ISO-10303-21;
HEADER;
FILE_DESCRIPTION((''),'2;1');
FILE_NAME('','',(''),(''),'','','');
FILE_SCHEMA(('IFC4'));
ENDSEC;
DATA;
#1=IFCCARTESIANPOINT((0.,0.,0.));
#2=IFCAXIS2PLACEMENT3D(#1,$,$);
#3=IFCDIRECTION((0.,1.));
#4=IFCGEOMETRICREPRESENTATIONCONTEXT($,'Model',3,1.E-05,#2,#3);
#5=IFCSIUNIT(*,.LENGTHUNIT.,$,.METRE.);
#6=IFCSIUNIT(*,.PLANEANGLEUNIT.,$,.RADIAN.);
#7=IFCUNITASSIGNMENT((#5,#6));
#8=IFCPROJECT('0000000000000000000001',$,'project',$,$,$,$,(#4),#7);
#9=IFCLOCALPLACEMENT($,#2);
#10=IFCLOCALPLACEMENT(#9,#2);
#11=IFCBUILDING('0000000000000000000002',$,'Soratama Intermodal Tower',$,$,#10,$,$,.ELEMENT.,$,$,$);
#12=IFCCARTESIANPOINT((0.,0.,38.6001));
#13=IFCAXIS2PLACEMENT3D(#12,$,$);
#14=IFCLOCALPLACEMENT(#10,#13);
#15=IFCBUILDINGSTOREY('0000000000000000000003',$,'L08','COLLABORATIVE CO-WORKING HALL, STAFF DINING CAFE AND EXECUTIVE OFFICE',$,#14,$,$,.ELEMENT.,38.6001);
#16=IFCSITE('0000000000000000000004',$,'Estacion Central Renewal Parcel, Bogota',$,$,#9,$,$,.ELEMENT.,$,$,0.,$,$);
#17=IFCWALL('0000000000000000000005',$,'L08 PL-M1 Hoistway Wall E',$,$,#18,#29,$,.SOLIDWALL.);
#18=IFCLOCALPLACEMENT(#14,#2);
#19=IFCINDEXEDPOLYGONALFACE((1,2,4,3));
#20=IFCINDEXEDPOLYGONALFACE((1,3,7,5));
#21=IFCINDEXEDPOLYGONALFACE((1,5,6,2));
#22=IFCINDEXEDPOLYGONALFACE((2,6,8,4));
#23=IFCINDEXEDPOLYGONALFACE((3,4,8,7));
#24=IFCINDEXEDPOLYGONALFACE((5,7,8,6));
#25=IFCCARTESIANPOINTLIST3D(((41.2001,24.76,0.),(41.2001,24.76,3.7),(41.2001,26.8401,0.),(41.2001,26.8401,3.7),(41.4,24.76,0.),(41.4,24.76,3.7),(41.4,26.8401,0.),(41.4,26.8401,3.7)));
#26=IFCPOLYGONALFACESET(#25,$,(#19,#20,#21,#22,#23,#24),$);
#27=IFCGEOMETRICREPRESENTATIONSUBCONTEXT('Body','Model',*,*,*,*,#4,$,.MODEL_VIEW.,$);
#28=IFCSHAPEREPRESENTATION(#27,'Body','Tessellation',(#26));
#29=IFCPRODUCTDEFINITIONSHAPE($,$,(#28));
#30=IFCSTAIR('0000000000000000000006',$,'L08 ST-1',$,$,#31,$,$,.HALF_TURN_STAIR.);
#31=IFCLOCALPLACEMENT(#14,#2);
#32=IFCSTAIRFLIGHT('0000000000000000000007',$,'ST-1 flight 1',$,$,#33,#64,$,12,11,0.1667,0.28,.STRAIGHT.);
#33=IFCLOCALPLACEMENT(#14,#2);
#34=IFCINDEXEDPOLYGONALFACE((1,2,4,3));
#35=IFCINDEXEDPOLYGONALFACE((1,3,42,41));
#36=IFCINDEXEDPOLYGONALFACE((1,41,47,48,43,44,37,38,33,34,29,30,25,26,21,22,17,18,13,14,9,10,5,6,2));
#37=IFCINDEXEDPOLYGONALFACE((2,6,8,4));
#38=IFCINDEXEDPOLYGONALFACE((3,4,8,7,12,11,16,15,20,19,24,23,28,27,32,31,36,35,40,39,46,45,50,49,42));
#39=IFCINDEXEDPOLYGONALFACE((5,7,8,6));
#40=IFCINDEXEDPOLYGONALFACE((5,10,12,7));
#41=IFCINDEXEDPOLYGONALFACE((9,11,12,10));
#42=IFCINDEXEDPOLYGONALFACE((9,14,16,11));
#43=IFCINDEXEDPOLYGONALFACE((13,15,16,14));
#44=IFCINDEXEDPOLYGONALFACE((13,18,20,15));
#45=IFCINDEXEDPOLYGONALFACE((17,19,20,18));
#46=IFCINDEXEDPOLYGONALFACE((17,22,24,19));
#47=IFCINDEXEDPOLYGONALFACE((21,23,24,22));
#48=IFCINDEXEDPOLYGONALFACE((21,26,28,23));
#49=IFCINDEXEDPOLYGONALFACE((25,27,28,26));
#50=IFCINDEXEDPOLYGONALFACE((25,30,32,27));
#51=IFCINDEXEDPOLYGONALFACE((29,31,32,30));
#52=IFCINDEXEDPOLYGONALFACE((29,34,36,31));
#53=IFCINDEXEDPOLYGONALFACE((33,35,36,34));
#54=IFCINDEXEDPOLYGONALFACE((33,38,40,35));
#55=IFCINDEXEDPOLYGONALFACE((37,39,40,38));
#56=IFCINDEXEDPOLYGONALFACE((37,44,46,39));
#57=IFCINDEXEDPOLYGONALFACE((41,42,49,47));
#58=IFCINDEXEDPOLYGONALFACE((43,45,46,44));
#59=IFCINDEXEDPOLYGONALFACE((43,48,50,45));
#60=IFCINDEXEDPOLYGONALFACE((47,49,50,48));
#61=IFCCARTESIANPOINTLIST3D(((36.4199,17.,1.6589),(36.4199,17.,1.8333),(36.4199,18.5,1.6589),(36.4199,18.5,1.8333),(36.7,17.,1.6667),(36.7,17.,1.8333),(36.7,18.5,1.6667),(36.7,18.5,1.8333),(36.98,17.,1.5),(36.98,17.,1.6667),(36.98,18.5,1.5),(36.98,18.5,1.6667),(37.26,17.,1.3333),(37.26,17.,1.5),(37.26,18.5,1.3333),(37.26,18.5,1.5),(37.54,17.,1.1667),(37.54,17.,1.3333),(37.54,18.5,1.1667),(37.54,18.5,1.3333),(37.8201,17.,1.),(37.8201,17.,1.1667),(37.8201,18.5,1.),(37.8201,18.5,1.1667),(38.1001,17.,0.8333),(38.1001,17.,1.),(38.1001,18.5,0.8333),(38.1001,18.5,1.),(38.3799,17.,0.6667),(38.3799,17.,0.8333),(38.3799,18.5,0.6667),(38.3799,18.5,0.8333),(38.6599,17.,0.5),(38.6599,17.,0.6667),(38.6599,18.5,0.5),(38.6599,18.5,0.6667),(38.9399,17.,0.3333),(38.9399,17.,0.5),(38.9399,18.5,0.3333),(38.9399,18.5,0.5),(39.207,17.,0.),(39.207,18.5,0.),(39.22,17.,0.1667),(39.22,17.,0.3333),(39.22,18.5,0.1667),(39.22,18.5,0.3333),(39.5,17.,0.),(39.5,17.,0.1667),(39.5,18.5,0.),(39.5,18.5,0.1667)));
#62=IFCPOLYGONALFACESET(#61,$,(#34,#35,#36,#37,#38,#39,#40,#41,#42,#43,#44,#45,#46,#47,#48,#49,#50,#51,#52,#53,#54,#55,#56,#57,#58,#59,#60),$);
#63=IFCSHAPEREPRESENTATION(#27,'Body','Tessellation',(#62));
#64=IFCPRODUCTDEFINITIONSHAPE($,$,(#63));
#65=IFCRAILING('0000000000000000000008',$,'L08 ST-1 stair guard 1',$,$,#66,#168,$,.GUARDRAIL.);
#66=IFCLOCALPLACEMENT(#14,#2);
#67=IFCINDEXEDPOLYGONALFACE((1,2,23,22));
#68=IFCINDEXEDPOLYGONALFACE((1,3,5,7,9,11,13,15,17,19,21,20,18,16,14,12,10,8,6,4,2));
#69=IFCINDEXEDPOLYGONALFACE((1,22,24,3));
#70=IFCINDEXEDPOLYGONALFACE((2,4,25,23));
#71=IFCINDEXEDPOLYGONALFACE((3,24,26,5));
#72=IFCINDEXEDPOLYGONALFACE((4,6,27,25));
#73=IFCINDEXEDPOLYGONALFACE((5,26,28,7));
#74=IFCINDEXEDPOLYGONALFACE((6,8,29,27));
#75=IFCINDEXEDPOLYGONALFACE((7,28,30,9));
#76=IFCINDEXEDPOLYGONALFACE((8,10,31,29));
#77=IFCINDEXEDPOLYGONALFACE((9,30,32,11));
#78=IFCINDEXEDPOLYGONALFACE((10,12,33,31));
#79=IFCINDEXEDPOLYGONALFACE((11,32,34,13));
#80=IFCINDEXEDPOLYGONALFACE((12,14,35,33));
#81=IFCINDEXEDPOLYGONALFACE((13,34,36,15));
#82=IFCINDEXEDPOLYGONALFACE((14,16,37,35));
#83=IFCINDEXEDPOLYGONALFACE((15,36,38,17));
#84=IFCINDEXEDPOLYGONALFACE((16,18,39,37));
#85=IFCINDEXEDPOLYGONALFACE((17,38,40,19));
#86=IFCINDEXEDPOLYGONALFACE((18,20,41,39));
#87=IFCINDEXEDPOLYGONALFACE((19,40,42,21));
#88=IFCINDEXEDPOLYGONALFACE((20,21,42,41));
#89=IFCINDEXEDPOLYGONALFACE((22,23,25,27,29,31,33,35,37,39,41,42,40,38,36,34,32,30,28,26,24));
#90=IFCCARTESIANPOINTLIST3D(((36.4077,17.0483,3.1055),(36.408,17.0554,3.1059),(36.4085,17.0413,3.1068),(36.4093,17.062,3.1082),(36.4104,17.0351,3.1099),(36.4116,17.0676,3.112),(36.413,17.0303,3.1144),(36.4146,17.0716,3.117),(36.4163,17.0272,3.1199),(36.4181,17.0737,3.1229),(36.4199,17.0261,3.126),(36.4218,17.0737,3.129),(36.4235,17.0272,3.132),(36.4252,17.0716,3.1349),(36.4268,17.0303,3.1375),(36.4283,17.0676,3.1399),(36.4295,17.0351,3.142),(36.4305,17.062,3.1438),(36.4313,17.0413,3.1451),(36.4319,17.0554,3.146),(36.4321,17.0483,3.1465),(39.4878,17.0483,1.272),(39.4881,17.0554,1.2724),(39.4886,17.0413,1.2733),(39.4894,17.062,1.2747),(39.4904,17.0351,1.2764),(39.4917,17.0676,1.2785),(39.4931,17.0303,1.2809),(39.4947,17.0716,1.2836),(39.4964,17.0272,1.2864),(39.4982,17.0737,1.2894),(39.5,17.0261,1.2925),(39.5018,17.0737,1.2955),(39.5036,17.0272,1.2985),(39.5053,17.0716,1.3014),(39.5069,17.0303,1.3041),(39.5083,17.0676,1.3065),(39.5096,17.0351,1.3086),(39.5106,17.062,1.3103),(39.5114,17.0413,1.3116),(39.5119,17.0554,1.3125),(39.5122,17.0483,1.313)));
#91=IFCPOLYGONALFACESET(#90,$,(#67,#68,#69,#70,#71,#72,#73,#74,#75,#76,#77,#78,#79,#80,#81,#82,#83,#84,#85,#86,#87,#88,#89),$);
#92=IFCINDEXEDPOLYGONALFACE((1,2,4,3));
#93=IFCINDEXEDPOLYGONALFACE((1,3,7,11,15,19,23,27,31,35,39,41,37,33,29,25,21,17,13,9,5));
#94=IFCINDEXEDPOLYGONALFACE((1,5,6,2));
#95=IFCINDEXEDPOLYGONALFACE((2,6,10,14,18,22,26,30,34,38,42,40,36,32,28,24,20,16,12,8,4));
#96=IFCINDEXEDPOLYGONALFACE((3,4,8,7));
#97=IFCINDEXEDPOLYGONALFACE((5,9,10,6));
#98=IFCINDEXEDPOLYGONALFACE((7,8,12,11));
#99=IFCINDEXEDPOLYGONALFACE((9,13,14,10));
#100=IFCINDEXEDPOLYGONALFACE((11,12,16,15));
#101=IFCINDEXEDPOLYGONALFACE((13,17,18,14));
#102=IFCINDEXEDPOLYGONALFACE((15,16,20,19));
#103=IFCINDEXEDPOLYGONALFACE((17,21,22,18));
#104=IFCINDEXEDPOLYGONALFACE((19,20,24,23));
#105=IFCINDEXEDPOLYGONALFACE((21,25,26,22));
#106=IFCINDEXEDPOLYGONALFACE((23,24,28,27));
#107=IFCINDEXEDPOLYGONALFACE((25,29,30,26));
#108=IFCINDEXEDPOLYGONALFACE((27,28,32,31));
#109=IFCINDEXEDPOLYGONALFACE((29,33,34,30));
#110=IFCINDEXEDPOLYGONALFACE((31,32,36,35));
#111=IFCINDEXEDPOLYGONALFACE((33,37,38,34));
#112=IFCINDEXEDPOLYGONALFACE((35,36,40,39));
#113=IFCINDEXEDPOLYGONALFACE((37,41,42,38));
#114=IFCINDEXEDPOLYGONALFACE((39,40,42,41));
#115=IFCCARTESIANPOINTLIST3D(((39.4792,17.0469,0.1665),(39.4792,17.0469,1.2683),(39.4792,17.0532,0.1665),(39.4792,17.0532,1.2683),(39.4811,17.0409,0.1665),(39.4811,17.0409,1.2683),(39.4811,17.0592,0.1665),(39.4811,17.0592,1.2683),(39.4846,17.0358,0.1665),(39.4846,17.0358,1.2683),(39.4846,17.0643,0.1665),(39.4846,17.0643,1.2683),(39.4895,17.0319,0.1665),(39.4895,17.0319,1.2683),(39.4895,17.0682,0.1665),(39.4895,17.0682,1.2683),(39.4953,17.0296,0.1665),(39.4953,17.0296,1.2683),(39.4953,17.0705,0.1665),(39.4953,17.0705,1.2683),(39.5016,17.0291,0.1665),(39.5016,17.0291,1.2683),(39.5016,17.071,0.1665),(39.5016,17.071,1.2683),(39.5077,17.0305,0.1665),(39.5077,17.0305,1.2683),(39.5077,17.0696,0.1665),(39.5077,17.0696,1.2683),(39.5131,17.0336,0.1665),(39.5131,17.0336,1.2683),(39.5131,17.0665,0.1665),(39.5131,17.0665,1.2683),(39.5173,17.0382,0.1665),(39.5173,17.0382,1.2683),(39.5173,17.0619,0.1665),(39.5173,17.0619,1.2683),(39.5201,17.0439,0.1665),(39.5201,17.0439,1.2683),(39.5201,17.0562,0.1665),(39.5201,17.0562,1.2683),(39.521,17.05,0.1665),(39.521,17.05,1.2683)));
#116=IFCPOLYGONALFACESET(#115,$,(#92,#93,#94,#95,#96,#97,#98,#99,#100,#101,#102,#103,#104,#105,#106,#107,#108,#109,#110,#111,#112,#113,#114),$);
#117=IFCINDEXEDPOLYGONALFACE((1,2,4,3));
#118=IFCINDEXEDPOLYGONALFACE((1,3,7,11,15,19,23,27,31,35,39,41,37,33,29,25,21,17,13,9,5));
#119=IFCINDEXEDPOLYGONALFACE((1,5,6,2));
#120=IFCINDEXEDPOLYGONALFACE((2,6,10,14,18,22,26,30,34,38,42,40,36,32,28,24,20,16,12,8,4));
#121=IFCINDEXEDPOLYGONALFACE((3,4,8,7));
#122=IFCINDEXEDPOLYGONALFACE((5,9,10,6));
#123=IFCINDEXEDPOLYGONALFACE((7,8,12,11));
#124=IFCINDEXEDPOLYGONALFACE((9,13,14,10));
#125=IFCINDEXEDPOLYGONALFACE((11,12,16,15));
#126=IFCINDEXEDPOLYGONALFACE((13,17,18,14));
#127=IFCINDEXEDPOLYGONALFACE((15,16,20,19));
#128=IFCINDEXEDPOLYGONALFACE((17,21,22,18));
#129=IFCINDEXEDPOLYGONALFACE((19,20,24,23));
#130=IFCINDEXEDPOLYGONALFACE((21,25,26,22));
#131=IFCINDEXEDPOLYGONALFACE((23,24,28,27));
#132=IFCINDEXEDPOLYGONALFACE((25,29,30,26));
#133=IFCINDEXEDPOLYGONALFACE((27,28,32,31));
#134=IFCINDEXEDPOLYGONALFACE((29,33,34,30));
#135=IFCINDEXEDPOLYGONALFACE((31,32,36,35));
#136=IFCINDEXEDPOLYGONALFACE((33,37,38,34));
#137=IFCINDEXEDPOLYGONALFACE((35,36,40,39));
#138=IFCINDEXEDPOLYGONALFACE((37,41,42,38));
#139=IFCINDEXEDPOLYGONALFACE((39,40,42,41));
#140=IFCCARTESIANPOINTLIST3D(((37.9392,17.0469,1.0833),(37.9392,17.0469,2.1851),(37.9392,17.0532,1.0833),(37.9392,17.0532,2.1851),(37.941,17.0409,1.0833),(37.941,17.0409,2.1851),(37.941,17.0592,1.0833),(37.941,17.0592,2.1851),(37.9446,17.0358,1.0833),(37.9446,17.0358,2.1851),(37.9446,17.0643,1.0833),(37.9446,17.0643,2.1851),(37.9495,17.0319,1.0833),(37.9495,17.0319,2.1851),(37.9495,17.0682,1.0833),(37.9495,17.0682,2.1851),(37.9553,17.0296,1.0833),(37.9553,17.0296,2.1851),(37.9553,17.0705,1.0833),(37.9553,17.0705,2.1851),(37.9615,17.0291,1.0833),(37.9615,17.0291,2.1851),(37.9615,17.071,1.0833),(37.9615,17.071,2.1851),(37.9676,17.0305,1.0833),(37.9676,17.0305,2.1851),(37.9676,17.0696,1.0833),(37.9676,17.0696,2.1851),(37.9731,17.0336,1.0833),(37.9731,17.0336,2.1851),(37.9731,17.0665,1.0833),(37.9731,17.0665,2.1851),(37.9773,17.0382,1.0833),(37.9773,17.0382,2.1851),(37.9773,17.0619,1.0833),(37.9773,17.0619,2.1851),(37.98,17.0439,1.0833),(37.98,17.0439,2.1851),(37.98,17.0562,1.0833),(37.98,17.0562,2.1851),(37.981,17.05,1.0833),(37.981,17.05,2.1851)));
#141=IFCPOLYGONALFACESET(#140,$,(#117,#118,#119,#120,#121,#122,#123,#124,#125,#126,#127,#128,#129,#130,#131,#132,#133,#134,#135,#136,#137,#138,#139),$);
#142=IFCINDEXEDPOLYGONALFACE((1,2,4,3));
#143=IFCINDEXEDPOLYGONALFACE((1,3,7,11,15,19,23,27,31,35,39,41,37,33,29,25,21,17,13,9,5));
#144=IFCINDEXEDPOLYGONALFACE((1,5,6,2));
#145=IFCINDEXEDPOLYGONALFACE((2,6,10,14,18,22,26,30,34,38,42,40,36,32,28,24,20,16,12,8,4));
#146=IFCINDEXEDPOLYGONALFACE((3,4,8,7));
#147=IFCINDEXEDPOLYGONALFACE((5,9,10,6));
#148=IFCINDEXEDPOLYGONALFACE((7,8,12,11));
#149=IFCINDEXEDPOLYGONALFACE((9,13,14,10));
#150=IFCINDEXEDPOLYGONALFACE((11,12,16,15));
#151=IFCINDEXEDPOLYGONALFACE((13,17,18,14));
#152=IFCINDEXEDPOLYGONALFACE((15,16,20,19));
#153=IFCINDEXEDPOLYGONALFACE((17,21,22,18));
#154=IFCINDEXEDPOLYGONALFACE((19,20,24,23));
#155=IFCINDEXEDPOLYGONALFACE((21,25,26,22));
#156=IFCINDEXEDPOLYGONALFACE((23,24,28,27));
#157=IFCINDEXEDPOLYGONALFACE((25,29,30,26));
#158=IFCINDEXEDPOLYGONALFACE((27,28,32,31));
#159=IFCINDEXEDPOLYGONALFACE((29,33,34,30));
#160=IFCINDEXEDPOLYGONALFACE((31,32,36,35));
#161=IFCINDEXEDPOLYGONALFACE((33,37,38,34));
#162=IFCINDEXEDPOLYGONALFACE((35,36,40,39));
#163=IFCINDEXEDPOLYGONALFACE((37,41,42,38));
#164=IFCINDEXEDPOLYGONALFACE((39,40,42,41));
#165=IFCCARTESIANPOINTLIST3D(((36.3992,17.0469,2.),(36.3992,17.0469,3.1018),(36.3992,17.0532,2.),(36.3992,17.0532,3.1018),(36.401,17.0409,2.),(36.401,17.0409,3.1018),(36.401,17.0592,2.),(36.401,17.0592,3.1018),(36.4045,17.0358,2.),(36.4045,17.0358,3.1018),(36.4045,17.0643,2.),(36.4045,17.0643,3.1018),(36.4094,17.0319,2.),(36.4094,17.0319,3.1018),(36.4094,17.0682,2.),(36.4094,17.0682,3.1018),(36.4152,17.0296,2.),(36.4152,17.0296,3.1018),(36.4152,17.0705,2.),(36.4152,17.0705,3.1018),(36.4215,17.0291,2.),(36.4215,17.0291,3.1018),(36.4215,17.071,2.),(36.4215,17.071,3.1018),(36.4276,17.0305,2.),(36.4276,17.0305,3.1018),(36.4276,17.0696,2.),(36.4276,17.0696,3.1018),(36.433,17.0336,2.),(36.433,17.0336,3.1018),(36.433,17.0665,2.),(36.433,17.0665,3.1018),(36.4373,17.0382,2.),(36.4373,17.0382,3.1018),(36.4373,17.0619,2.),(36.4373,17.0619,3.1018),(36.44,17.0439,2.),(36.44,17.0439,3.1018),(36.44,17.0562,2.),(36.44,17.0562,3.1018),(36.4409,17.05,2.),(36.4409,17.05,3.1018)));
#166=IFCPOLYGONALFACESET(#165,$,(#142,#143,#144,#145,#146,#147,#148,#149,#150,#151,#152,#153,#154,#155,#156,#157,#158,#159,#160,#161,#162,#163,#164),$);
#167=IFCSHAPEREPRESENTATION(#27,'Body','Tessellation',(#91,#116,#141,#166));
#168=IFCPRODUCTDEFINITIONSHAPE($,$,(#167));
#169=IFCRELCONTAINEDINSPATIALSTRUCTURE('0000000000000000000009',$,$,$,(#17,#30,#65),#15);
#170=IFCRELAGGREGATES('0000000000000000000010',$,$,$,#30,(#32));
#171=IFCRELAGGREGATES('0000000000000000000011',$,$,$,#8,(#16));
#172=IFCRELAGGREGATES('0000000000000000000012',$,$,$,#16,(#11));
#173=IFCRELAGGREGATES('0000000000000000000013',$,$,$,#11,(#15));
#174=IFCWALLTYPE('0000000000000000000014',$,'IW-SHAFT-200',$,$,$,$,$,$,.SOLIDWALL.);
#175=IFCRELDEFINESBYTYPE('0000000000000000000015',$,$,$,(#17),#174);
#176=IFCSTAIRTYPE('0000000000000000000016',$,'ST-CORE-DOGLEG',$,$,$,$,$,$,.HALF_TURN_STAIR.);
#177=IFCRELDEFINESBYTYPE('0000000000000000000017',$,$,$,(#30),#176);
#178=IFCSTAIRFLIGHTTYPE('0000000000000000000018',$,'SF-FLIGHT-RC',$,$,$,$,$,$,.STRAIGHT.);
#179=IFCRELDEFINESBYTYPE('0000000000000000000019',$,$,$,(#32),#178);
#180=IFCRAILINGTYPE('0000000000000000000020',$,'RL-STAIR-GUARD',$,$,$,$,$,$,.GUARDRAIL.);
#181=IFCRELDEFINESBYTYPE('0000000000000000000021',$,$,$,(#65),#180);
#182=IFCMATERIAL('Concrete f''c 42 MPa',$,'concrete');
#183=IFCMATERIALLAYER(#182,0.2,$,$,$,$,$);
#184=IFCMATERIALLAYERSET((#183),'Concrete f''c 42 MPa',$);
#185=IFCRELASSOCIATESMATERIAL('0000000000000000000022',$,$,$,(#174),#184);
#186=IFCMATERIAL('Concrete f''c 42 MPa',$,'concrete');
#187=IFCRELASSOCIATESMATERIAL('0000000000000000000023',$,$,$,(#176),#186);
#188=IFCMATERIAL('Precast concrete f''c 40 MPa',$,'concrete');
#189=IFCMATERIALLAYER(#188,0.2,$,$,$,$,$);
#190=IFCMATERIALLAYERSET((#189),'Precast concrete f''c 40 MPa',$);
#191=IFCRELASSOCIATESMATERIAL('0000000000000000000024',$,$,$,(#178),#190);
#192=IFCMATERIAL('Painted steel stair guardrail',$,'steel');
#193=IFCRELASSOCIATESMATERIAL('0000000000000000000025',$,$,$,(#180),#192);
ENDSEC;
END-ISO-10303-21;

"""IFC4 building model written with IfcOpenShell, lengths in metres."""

from ifc_helpers import new_model, si_unit, direction, frame, frame_2d, origin, origin_2d, place, context, subcontext, project, spatial, polyline, rectangle, circle, outline, extrude, material, layer, layer_set, type_object, element, aggregate, save


model = new_model("IFC4")

# Units and contexts
model_context = context("Model", 3, precision=1e-05, world=origin(), true_north=direction((0.0, 1.0)))
body_context = subcontext(model_context, "Body", "Model", "MODEL_VIEW")
ifc_project = project(units=[si_unit("LENGTHUNIT", "METRE"), si_unit("PLANEANGLEUNIT", "RADIAN")], contexts=[model_context])

# Site, building, storey
site_placement = place(None, origin())
site = spatial("IfcSite", under=ifc_project, at=site_placement, Name="Estacion Central Renewal Parcel, Bogota", CompositionType="ELEMENT", RefElevation=0.0)
building_placement = place(site_placement, origin())
building = spatial("IfcBuilding", under=site, at=building_placement, Name="Soratama Intermodal Tower", CompositionType="ELEMENT")
storey_placement = place(building_placement, frame((0.0, 0.0, 38.6001)))
storey = spatial("IfcBuildingStorey", under=building, at=storey_placement, Name="L08", Description="COLLABORATIVE CO-WORKING HALL, STAFF DINING CAFE AND EXECUTIVE OFFICE", CompositionType="ELEMENT", Elevation=38.6001)

# Wall
ifc_material_1 = material(Name="Concrete f'c 42 MPa", Category="concrete")
ifc_layer_1 = layer(ifc_material_1, 0.2)
ifc_layer_set_1 = layer_set([ifc_layer_1], Name="Concrete f'c 42 MPa")
wall_type_1 = type_object("IfcWallType", Name="IW-SHAFT-200", PredefinedType="SOLIDWALL", material=ifc_layer_set_1)
wall_1_placement = place(storey_placement, frame((41.3, 24.76, 0.0), z_axis=(0.0, 0.0, 1.0), x_axis=(0.0, 1.0, 0.0)))
element("IfcWall", 1, at=wall_1_placement, inside=storey, type_object=wall_type_1, Name="L08 PL-M1 Hoistway Wall E", PredefinedType="SOLIDWALL", context=body_context, shape_type="SweptSolid", body=[
    extrude(rectangle(XDim=2.0801, YDim=0.2, at=frame_2d((1.04, 0.0))), origin(), (0.0, 0.0, 1.0), 3.7),
])

# Stair, stair flight
ifc_material_2 = material(Name="Concrete f'c 42 MPa", Category="concrete")
stair_type = type_object("IfcStairType", Name="ST-CORE-DOGLEG", PredefinedType="HALF_TURN_STAIR", material=ifc_material_2)
stair_placement = place(storey_placement, origin())
stair = element("IfcStair", 2, at=stair_placement, inside=storey, type_object=stair_type, Name="L08 ST-1", PredefinedType="HALF_TURN_STAIR")
ifc_material_3 = material(Name="Precast concrete f'c 40 MPa", Category="concrete")
ifc_layer_2 = layer(ifc_material_3, 0.2)
ifc_layer_set_2 = layer_set([ifc_layer_2], Name="Precast concrete f'c 40 MPa")
stair_flight_type = type_object("IfcStairFlightType", Name="SF-FLIGHT-RC", PredefinedType="STRAIGHT", material=ifc_layer_set_2)
stair_flight_placement = place(storey_placement, frame((39.5, 17.75, 0.0), z_axis=(0.0, 0.0, 1.0), x_axis=(-1.0, 0.0, 0.0)))
stair_flight = element("IfcStairFlight", 3, at=stair_flight_placement, type_object=stair_flight_type, Name="ST-1 flight 1", NumberOfRisers=12, NumberOfTreads=11, PredefinedType="STRAIGHT", RiserHeight=0.1667, TreadLength=0.28, context=body_context, shape_type="SweptSolid", body=[
    extrude(outline(polyline([(0.0, 0.0), (0.0, 0.1667), (0.28, 0.1667), (0.28, 0.3333), (0.5601, 0.3333), (0.5601, 0.5), (0.8401, 0.5), (0.8401, 0.6667), (1.1201, 0.6667), (1.1201, 0.8333), (1.3999, 0.8333), (1.3999, 1.0), (1.6799, 1.0), (1.6799, 1.1667), (1.96, 1.1667), (1.96, 1.3333), (2.24, 1.3333), (2.24, 1.5), (2.52, 1.5), (2.52, 1.6667), (2.8, 1.6667), (2.8, 1.8333), (3.0801, 1.8333), (3.0801, 2.0), (3.0801, 1.6589), (0.293, 0.0), (0.0, 0.0)])), frame((0.0, 0.75, 0.0), z_axis=(0.0, -1.0, 0.0), x_axis=(1.0, 0.0, 0.0)), (0.0, 0.0, 1.0), 1.5),
])
aggregate(stair, [stair_flight])

# Railing
ifc_material_4 = material(Name="Painted steel stair guardrail", Category="steel")
railing_type_1 = type_object("IfcRailingType", Name="RL-STAIR-GUARD", PredefinedType="GUARDRAIL", material=ifc_material_4)
railing_1_placement = place(storey_placement, frame((39.5, 17.05, 0.1665)))
element("IfcRailing", 4, at=railing_1_placement, inside=storey, type_object=railing_type_1, Name="L08 ST-1 stair guard 1", PredefinedType="GUARDRAIL", context=body_context, shape_type="SweptSolid", body=[
    extrude(circle(Radius=0.0239, at=origin_2d()), frame((0.0, 0.0, 1.126), z_axis=(-0.859279, 0.0, 0.511508), x_axis=(0.0, -1.0, 0.0)), (0.0, 0.0, 1.0), 3.5845),
    extrude(circle(Radius=0.021, at=origin_2d()), origin(), (0.0, 0.0, 1.0), 1.1018),
    extrude(circle(Radius=0.021, at=origin_2d()), frame((-1.54, 0.0, 0.9167)), (0.0, 0.0, 1.0), 1.1018),
    extrude(circle(Radius=0.021, at=origin_2d()), frame((-3.0801, 0.0, 1.8335)), (0.0, 0.0, 1.0), 1.1018),
])

save(model, "model.ifc")
